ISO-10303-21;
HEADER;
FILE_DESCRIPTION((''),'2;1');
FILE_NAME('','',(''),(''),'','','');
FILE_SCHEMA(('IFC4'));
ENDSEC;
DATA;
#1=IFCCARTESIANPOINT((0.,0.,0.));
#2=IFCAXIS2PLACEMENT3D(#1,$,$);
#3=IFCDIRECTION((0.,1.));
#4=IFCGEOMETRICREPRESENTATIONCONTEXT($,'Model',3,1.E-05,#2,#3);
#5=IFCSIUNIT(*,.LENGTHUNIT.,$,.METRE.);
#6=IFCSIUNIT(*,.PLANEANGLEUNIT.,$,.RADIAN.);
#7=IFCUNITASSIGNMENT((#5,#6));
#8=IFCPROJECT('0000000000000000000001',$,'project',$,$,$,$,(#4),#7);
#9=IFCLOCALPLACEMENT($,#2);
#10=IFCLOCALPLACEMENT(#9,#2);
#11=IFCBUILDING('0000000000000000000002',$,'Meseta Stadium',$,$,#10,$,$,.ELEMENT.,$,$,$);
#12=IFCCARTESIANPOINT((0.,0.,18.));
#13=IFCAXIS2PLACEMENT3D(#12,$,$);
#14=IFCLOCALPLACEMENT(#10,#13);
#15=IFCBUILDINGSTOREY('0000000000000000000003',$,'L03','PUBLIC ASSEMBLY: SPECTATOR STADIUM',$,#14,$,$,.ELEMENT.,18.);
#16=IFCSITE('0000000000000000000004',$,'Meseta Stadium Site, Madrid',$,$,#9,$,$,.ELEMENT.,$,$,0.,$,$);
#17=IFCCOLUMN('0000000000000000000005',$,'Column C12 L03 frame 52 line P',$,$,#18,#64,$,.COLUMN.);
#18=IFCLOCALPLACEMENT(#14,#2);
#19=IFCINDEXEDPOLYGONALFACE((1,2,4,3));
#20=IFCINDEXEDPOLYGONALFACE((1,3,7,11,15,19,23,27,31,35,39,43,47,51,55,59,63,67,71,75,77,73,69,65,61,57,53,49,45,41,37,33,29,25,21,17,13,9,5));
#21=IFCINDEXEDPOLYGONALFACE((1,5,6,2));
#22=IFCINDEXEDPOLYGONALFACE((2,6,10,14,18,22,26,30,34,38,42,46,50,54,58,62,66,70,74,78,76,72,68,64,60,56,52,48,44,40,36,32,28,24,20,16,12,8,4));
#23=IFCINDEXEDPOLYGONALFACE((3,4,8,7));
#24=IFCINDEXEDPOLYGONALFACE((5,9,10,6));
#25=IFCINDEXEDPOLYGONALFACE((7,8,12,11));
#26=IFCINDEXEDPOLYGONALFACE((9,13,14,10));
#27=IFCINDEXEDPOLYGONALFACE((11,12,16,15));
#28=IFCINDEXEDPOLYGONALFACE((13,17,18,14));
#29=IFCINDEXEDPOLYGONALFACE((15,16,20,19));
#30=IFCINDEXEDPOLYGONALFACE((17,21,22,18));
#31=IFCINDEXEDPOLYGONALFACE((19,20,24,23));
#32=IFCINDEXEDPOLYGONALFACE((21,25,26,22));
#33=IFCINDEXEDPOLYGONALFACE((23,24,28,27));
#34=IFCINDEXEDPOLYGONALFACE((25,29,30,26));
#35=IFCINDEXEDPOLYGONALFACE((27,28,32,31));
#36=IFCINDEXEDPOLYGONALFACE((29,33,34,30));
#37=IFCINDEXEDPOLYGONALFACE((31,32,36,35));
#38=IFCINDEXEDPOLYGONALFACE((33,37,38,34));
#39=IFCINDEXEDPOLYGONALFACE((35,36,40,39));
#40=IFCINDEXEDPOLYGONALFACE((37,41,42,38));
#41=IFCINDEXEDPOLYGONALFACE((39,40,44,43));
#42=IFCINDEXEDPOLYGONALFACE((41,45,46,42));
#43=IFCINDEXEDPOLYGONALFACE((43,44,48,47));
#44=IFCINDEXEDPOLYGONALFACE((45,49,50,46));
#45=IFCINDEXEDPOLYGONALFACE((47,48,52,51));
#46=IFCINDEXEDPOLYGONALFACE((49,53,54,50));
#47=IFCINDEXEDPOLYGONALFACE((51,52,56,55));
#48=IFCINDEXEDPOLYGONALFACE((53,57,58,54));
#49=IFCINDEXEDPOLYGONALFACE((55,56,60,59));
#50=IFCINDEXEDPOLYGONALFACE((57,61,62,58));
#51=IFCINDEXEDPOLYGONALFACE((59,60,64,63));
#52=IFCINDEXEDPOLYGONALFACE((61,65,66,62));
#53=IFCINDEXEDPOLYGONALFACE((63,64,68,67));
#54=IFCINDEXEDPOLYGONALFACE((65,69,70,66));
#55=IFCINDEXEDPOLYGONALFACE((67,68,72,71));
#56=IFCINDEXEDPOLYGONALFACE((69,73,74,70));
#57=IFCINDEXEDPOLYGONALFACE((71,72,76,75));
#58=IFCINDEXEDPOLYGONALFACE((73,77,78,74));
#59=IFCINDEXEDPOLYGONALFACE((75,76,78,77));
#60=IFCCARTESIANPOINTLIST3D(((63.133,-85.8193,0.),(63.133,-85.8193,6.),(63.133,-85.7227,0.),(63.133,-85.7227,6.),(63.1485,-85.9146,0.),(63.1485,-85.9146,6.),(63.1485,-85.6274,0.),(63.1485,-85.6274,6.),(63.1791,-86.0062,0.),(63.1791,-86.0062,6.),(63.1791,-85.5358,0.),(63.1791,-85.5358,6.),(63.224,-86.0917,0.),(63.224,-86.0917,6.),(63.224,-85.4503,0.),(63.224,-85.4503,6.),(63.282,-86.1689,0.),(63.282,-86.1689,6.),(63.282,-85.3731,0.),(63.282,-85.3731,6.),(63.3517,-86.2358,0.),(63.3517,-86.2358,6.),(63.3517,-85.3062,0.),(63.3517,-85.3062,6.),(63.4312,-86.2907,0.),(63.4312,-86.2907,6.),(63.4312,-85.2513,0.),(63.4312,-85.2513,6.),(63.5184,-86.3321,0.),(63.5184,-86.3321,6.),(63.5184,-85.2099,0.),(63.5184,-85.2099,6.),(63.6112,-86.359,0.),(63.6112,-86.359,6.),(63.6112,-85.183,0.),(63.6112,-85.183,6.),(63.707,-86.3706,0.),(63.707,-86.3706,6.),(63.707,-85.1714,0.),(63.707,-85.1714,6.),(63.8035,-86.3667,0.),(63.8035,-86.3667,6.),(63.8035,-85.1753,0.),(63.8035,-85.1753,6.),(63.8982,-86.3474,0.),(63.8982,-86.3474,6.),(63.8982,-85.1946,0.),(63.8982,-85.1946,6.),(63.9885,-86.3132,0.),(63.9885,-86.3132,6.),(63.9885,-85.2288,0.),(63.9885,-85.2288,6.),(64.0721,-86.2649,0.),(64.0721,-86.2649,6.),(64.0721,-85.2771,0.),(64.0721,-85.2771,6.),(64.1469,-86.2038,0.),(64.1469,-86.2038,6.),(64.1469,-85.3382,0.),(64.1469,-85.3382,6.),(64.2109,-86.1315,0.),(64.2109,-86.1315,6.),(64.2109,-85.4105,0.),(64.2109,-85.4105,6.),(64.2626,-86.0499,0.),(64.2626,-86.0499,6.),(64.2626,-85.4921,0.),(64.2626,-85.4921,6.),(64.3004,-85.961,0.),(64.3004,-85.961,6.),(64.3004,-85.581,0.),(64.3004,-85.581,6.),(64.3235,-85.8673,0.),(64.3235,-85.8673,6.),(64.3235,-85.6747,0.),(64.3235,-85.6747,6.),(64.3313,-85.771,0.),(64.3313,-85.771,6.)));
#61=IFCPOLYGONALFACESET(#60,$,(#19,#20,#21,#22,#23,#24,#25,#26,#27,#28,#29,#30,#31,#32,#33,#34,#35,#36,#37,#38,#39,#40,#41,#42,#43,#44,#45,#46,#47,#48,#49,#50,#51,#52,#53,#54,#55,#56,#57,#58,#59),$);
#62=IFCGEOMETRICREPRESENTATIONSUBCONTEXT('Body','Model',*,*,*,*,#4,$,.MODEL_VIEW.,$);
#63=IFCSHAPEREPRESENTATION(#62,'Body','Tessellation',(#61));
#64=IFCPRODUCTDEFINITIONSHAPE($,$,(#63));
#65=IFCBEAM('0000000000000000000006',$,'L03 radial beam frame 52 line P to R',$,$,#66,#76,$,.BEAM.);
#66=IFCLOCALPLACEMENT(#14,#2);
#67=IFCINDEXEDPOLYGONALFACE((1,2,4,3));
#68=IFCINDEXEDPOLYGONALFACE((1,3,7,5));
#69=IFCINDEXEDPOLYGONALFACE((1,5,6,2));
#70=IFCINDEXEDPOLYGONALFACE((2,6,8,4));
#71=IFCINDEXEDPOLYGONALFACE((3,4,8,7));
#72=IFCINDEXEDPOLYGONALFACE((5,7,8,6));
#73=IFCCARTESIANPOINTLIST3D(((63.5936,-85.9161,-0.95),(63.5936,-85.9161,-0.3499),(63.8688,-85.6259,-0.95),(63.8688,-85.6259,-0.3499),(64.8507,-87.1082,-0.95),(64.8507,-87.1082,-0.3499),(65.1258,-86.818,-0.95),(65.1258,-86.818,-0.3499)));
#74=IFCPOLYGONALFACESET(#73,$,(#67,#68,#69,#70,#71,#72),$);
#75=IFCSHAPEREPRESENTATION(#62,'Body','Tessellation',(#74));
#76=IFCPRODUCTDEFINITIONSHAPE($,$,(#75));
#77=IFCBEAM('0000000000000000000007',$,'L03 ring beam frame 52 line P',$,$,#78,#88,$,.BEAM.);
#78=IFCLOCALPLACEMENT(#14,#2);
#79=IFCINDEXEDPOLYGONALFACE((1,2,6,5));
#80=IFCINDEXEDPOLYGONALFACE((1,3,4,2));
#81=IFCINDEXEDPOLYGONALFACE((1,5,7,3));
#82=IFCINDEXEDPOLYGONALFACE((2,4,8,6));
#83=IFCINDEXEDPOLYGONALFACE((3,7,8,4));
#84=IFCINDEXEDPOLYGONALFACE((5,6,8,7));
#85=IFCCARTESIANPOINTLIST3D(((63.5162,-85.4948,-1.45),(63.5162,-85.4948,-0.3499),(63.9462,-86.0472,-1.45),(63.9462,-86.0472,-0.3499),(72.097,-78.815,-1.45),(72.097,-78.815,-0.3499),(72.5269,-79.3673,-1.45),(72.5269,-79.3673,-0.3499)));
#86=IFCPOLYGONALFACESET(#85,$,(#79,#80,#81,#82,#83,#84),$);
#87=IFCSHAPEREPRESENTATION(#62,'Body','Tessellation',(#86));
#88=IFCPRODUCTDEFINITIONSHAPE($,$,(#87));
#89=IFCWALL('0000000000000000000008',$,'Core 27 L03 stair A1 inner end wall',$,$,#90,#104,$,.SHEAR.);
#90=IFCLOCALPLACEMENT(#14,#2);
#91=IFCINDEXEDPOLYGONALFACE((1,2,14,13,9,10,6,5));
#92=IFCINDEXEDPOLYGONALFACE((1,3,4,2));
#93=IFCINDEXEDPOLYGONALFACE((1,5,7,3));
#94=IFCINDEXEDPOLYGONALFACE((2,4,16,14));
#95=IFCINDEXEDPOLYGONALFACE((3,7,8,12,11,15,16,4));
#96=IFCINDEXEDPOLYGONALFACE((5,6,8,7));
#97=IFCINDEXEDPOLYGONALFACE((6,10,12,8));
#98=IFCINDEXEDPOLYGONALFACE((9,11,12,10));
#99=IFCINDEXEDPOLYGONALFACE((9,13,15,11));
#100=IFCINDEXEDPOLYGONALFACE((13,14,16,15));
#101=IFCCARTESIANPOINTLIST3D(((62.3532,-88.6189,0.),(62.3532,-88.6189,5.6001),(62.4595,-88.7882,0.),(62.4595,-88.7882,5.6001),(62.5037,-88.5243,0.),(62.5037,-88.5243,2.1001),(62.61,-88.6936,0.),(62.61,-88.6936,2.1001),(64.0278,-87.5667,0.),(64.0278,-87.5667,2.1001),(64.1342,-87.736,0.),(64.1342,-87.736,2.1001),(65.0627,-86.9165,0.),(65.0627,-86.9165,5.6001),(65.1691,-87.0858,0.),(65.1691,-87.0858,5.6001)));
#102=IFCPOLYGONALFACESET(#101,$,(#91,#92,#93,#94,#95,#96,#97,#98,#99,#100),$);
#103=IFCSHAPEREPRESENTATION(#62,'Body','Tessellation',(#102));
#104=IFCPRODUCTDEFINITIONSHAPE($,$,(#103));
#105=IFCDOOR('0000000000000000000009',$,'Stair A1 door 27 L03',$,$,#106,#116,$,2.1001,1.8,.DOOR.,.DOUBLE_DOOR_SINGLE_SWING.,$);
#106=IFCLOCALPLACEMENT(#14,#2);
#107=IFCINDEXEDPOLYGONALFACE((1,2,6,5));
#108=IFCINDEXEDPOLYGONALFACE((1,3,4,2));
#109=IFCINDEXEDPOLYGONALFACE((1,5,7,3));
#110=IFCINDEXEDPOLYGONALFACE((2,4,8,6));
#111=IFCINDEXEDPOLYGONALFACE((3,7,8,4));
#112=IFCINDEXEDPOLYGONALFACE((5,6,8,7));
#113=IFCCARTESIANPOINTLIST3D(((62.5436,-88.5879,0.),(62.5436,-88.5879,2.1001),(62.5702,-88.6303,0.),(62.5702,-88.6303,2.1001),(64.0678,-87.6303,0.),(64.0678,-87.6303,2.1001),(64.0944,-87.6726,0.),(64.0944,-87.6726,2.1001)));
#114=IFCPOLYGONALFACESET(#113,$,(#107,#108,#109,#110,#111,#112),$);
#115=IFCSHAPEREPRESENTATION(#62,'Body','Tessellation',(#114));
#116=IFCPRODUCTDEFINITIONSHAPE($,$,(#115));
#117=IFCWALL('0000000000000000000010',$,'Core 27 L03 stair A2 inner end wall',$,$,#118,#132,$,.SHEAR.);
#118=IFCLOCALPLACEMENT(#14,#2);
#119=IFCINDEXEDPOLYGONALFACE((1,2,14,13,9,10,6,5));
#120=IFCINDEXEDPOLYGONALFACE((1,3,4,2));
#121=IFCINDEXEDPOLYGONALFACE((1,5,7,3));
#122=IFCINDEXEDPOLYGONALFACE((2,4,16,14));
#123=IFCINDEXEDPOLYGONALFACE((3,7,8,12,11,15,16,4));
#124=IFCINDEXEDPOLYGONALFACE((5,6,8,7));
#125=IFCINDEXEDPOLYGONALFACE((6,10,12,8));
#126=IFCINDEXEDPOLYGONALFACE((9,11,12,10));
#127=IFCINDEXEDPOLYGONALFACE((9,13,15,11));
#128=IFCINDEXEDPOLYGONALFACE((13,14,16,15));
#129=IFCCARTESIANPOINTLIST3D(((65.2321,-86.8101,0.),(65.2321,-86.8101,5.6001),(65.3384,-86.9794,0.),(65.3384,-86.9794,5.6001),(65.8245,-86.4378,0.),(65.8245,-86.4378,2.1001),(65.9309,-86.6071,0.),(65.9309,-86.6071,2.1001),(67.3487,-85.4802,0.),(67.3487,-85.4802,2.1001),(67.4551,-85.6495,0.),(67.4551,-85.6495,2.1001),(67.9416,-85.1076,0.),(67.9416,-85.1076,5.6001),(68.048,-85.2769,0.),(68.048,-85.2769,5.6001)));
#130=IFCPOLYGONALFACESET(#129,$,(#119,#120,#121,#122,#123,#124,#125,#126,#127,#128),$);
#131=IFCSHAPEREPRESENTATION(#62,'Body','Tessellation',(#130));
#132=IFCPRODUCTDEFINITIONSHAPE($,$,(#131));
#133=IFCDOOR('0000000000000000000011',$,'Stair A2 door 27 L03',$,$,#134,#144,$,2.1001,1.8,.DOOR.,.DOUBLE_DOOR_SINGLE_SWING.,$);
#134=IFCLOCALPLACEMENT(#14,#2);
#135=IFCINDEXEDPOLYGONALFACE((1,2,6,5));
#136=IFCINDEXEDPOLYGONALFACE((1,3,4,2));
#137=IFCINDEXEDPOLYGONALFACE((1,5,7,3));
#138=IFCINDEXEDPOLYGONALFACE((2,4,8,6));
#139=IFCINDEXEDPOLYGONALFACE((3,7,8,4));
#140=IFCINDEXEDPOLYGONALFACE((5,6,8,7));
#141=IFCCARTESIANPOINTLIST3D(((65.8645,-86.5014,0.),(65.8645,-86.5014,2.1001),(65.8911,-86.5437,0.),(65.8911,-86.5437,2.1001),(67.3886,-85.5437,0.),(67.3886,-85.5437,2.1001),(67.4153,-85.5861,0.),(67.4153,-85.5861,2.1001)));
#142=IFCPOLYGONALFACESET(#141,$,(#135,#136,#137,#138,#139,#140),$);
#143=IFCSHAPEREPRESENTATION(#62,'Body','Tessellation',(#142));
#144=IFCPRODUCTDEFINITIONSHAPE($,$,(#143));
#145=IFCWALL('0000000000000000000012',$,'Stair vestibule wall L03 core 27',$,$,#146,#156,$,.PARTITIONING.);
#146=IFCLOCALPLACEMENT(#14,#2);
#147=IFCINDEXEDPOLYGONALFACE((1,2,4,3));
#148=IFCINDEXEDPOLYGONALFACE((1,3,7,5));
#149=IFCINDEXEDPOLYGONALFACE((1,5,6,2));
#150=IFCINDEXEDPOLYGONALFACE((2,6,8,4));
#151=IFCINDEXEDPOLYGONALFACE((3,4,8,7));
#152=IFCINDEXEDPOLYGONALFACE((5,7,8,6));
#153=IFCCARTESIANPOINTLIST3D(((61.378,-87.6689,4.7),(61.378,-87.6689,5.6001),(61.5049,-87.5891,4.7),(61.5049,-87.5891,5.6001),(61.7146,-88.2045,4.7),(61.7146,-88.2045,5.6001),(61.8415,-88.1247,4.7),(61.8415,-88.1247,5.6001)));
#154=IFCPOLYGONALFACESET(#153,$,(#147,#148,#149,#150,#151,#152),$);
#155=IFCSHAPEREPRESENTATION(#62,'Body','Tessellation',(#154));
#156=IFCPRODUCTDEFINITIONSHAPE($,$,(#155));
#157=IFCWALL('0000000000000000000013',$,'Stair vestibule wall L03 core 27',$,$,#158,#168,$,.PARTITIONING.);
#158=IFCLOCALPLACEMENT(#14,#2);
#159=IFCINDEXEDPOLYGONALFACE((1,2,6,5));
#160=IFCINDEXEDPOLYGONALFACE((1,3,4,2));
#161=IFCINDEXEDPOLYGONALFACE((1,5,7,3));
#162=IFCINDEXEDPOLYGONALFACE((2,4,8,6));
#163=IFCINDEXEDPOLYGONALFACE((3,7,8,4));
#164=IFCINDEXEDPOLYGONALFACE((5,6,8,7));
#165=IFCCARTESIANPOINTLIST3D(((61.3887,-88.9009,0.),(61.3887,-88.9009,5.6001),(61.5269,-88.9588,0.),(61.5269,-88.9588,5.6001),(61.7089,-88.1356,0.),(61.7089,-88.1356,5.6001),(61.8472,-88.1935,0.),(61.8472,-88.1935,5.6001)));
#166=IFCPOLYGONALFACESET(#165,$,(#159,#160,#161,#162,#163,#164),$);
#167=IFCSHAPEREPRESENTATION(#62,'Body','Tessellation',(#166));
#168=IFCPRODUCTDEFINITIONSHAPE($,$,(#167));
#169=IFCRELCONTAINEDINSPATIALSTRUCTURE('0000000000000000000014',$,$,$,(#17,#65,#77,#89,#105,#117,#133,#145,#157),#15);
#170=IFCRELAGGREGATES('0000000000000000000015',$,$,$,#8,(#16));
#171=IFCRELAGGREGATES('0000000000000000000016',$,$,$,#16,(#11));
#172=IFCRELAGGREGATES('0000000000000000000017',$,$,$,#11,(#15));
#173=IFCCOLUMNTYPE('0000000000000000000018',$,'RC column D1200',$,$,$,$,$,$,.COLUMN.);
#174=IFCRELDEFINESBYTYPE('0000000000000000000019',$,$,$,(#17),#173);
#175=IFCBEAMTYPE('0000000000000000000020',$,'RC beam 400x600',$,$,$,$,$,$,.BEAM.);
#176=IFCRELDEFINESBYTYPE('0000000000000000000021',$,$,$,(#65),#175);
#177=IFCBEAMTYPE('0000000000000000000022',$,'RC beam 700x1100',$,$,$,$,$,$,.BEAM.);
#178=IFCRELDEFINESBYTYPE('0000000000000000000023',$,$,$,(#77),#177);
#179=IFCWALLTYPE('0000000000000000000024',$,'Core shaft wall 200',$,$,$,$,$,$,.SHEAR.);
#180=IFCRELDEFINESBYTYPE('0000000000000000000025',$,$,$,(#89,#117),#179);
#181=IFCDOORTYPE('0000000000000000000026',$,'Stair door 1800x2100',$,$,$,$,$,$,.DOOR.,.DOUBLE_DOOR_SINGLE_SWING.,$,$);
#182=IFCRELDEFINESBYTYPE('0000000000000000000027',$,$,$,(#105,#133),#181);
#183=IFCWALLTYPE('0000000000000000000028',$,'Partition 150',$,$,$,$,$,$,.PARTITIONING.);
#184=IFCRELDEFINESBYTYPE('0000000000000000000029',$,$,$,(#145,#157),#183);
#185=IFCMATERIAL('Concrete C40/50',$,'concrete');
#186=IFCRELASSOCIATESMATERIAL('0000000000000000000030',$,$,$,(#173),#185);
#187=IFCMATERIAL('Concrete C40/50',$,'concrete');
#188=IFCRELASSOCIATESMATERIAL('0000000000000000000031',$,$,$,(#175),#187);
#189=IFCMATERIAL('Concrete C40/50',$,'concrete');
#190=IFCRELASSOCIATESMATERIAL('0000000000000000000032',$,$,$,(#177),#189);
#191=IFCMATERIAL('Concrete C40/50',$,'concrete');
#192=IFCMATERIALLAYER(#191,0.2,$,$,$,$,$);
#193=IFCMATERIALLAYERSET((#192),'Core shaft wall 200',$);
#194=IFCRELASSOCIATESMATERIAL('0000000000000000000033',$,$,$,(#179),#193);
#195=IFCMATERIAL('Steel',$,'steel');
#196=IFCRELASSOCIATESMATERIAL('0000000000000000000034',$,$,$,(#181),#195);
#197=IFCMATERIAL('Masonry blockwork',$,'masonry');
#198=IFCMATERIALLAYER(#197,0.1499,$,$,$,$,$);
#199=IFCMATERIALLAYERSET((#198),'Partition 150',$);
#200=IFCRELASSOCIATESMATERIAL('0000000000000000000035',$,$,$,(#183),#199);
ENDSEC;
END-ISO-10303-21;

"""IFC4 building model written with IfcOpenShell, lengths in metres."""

from ifc_helpers import new_model, si_unit, direction, frame, frame_2d, origin, origin_2d, place, context, subcontext, project, spatial, rectangle, circle, extrude, material, layer, layer_set, material_profile, profile_set, type_object, element, fill, save


model = new_model("IFC4")

# Units and contexts
model_context = context("Model", 3, precision=1e-05, world=origin(), true_north=direction((0.0, 1.0)))
body_context = subcontext(model_context, "Body", "Model", "MODEL_VIEW")
ifc_project = project(units=[si_unit("LENGTHUNIT", "METRE"), si_unit("PLANEANGLEUNIT", "RADIAN")], contexts=[model_context])

# Site, building, storey
site_placement = place(None, origin())
site = spatial("IfcSite", under=ifc_project, at=site_placement, Name="Meseta Stadium Site, Madrid", CompositionType="ELEMENT", RefElevation=0.0)
building_placement = place(site_placement, origin())
building = spatial("IfcBuilding", under=site, at=building_placement, Name="Meseta Stadium", CompositionType="ELEMENT")
storey_placement = place(building_placement, frame((0.0, 0.0, 18.0)))
storey = spatial("IfcBuildingStorey", under=building, at=storey_placement, Name="L03", Description="PUBLIC ASSEMBLY: SPECTATOR STADIUM", CompositionType="ELEMENT", Elevation=18.0)

# Column
ifc_material_1 = material(Name="Concrete C40/50", Category="concrete")
ifc_material_profile_1 = material_profile(ifc_material_1, circle(Radius=0.6001, at=origin_2d()), Name="RC D1200")
ifc_profile_set_1 = profile_set([ifc_material_profile_1], Name="Concrete C40/50")
column_type = type_object("IfcColumnType", Name="RC column D1200", PredefinedType="COLUMN", material=ifc_profile_set_1)
column_placement = place(storey_placement, frame((63.7312, -85.771, 0.0), z_axis=(0.0, 0.0, 1.0), x_axis=(1.0, 0.0, 0.0)))
element("IfcColumn", 1, at=column_placement, inside=storey, type_object=column_type, Name="Column C12 L03 frame 52 line P", PredefinedType="COLUMN", context=body_context, shape_type="SweptSolid", body=[
    extrude(circle(Radius=0.6001, at=origin_2d()), origin(), (0.0, 0.0, 1.0), 6.0),
])

# Beams
ifc_material_2 = material(Name="Concrete C40/50", Category="concrete")
ifc_material_profile_2 = material_profile(ifc_material_2, rectangle(XDim=0.3999, YDim=0.6001, at=origin_2d()), Name="RC 400x600")
ifc_profile_set_2 = profile_set([ifc_material_profile_2], Name="Concrete C40/50")
beam_type_1 = type_object("IfcBeamType", Name="RC beam 400x600", PredefinedType="BEAM", material=ifc_profile_set_2)
beam_1_placement = place(storey_placement, frame((63.7312, -85.771, -0.6499), z_axis=(0.725601, -0.688116, 0.0), x_axis=(0.688116, 0.725601, 0.0)))
element("IfcBeam", 2, at=beam_1_placement, inside=storey, type_object=beam_type_1, Name="L03 radial beam frame 52 line P to R", PredefinedType="BEAM", context=body_context, shape_type="SweptSolid", body=[
    extrude(rectangle(XDim=0.3999, YDim=0.6001, at=origin_2d()), origin(), (0.0, 0.0, 1.0), 1.7324),
])
ifc_material_3 = material(Name="Concrete C40/50", Category="concrete")
ifc_material_profile_3 = material_profile(ifc_material_3, rectangle(XDim=0.7, YDim=1.1001, at=origin_2d()), Name="RC 700x1100")
ifc_profile_set_3 = profile_set([ifc_material_profile_3], Name="Concrete C40/50")
beam_type_2 = type_object("IfcBeamType", Name="RC beam 700x1100", PredefinedType="BEAM", material=ifc_profile_set_3)
beam_2_placement = place(storey_placement, frame((63.7312, -85.771, -0.8999), z_axis=(0.789086, 0.614283, 0.0), x_axis=(-0.614283, 0.789086, 0.0)))
element("IfcBeam", 3, at=beam_2_placement, inside=storey, type_object=beam_type_2, Name="L03 ring beam frame 52 line P", PredefinedType="BEAM", context=body_context, shape_type="SweptSolid", body=[
    extrude(rectangle(XDim=0.7, YDim=1.1001, at=origin_2d()), origin(), (0.0, 0.0, 1.0), 10.8743),
])

# Walls, openings, doors
ifc_material_4 = material(Name="Concrete C40/50", Category="concrete")
ifc_layer_1 = layer(ifc_material_4, 0.2)
ifc_layer_set_1 = layer_set([ifc_layer_1], Name="Core shaft wall 200")
wall_type_1 = type_object("IfcWallType", Name="Core shaft wall 200", PredefinedType="SHEAR", material=ifc_layer_set_1)
wall_1_placement = place(storey_placement, frame((62.4062, -88.7036, 0.0), z_axis=(0.0, 0.0, 1.0), x_axis=(0.846736, 0.532014, 0.0)))
wall_1 = element("IfcWall", 4, at=wall_1_placement, inside=storey, type_object=wall_type_1, Name="Core 27 L03 stair A1 inner end wall", PredefinedType="SHEAR", context=body_context, shape_type="SweptSolid", body=[
    extrude(rectangle(XDim=3.2, YDim=0.2, at=frame_2d((1.6001, 0.0))), origin(), (0.0, 0.0, 1.0), 5.6001),
])
opening_1_placement = place(wall_1_placement, frame((0.178, 0.0, 0.0)))
opening_1 = element("IfcOpeningElement", 5, at=opening_1_placement, cuts=wall_1, PredefinedType="OPENING", context=body_context, shape_type="SweptSolid", body=[
    extrude(rectangle(XDim=1.8, YDim=2.1001, at=frame_2d((0.8999, 1.05))), frame((0.0, 0.1099, 0.0), z_axis=(0.0, -1.0, 0.0), x_axis=(1.0, 0.0, 0.0)), (0.0, 0.0, 1.0), 0.22),
])
ifc_material_5 = material(Name="Steel", Category="steel")
door_type = type_object("IfcDoorType", Name="Stair door 1800x2100", OperationType="DOUBLE_DOOR_SINGLE_SWING", PredefinedType="DOOR", material=ifc_material_5)
door_1_placement = place(opening_1_placement, origin())
door_1 = element("IfcDoor", 6, at=door_1_placement, inside=storey, type_object=door_type, Name="Stair A1 door 27 L03", OperationType="DOUBLE_DOOR_SINGLE_SWING", OverallHeight=2.1001, OverallWidth=1.8, PredefinedType="DOOR", context=body_context, shape_type="SweptSolid", body=[
    extrude(rectangle(XDim=1.8, YDim=2.1001, at=frame_2d((0.8999, 1.05))), frame((0.0, 0.0249, 0.0), z_axis=(0.0, -1.0, 0.0), x_axis=(1.0, 0.0, 0.0)), (0.0, 0.0, 1.0), 0.05),
])
fill(opening_1, door_1)
wall_2_placement = place(storey_placement, frame((65.2852, -86.8948, 0.0), z_axis=(0.0, 0.0, 1.0), x_axis=(0.846736, 0.532014, 0.0)))
wall_2 = element("IfcWall", 7, at=wall_2_placement, inside=storey, type_object=wall_type_1, Name="Core 27 L03 stair A2 inner end wall", PredefinedType="SHEAR", context=body_context, shape_type="SweptSolid", body=[
    extrude(rectangle(XDim=3.2, YDim=0.2, at=frame_2d((1.6001, 0.0))), origin(), (0.0, 0.0, 1.0), 5.6001),
])
opening_2_placement = place(wall_2_placement, frame((0.7, 0.0, 0.0)))
opening_2 = element("IfcOpeningElement", 8, at=opening_2_placement, cuts=wall_2, PredefinedType="OPENING", context=body_context, shape_type="SweptSolid", body=[
    extrude(rectangle(XDim=1.8, YDim=2.1001, at=frame_2d((0.8999, 1.05))), frame((0.0, 0.1099, 0.0), z_axis=(0.0, -1.0, 0.0), x_axis=(1.0, 0.0, 0.0)), (0.0, 0.0, 1.0), 0.22),
])
door_2_placement = place(opening_2_placement, origin())
door_2 = element("IfcDoor", 9, at=door_2_placement, inside=storey, type_object=door_type, Name="Stair A2 door 27 L03", OperationType="DOUBLE_DOOR_SINGLE_SWING", OverallHeight=2.1001, OverallWidth=1.8, PredefinedType="DOOR", context=body_context, shape_type="SweptSolid", body=[
    extrude(rectangle(XDim=1.8, YDim=2.1001, at=frame_2d((0.8999, 1.05))), frame((0.0, 0.0249, 0.0), z_axis=(0.0, -1.0, 0.0), x_axis=(1.0, 0.0, 0.0)), (0.0, 0.0, 1.0), 0.05),
])
fill(opening_2, door_2)

# Walls
ifc_material_6 = material(Name="Masonry blockwork", Category="masonry")
ifc_layer_2 = layer(ifc_material_6, 0.1499)
ifc_layer_set_2 = layer_set([ifc_layer_2], Name="Partition 150")
wall_type_2 = type_object("IfcWallType", Name="Partition 150", PredefinedType="PARTITIONING", material=ifc_layer_set_2)
wall_3_placement = place(storey_placement, frame((61.4414, -87.6289, 4.7), z_axis=(0.0, 0.0, 1.0), x_axis=(0.532148, -0.846651, 0.0)))
element("IfcWall", 10, at=wall_3_placement, inside=storey, type_object=wall_type_2, Name="Stair vestibule wall L03 core 27", PredefinedType="PARTITIONING", context=body_context, shape_type="SweptSolid", body=[
    extrude(rectangle(XDim=0.6326, YDim=0.1499, at=frame_2d((0.3164, 0.0))), origin(), (0.0, 0.0, 1.0), 0.9001),
])
wall_4_placement = place(storey_placement, frame((61.7781, -88.1646, 0.0), z_axis=(0.0, 0.0, 1.0), x_axis=(-0.386057, -0.922475, 0.0)))
element("IfcWall", 11, at=wall_4_placement, inside=storey, type_object=wall_type_2, Name="Stair vestibule wall L03 core 27", PredefinedType="PARTITIONING", context=body_context, shape_type="SweptSolid", body=[
    extrude(rectangle(XDim=0.8296, YDim=0.1499, at=frame_2d((0.4148, 0.0))), origin(), (0.0, 0.0, 1.0), 5.6001),
])

save(model, "model.ifc")
